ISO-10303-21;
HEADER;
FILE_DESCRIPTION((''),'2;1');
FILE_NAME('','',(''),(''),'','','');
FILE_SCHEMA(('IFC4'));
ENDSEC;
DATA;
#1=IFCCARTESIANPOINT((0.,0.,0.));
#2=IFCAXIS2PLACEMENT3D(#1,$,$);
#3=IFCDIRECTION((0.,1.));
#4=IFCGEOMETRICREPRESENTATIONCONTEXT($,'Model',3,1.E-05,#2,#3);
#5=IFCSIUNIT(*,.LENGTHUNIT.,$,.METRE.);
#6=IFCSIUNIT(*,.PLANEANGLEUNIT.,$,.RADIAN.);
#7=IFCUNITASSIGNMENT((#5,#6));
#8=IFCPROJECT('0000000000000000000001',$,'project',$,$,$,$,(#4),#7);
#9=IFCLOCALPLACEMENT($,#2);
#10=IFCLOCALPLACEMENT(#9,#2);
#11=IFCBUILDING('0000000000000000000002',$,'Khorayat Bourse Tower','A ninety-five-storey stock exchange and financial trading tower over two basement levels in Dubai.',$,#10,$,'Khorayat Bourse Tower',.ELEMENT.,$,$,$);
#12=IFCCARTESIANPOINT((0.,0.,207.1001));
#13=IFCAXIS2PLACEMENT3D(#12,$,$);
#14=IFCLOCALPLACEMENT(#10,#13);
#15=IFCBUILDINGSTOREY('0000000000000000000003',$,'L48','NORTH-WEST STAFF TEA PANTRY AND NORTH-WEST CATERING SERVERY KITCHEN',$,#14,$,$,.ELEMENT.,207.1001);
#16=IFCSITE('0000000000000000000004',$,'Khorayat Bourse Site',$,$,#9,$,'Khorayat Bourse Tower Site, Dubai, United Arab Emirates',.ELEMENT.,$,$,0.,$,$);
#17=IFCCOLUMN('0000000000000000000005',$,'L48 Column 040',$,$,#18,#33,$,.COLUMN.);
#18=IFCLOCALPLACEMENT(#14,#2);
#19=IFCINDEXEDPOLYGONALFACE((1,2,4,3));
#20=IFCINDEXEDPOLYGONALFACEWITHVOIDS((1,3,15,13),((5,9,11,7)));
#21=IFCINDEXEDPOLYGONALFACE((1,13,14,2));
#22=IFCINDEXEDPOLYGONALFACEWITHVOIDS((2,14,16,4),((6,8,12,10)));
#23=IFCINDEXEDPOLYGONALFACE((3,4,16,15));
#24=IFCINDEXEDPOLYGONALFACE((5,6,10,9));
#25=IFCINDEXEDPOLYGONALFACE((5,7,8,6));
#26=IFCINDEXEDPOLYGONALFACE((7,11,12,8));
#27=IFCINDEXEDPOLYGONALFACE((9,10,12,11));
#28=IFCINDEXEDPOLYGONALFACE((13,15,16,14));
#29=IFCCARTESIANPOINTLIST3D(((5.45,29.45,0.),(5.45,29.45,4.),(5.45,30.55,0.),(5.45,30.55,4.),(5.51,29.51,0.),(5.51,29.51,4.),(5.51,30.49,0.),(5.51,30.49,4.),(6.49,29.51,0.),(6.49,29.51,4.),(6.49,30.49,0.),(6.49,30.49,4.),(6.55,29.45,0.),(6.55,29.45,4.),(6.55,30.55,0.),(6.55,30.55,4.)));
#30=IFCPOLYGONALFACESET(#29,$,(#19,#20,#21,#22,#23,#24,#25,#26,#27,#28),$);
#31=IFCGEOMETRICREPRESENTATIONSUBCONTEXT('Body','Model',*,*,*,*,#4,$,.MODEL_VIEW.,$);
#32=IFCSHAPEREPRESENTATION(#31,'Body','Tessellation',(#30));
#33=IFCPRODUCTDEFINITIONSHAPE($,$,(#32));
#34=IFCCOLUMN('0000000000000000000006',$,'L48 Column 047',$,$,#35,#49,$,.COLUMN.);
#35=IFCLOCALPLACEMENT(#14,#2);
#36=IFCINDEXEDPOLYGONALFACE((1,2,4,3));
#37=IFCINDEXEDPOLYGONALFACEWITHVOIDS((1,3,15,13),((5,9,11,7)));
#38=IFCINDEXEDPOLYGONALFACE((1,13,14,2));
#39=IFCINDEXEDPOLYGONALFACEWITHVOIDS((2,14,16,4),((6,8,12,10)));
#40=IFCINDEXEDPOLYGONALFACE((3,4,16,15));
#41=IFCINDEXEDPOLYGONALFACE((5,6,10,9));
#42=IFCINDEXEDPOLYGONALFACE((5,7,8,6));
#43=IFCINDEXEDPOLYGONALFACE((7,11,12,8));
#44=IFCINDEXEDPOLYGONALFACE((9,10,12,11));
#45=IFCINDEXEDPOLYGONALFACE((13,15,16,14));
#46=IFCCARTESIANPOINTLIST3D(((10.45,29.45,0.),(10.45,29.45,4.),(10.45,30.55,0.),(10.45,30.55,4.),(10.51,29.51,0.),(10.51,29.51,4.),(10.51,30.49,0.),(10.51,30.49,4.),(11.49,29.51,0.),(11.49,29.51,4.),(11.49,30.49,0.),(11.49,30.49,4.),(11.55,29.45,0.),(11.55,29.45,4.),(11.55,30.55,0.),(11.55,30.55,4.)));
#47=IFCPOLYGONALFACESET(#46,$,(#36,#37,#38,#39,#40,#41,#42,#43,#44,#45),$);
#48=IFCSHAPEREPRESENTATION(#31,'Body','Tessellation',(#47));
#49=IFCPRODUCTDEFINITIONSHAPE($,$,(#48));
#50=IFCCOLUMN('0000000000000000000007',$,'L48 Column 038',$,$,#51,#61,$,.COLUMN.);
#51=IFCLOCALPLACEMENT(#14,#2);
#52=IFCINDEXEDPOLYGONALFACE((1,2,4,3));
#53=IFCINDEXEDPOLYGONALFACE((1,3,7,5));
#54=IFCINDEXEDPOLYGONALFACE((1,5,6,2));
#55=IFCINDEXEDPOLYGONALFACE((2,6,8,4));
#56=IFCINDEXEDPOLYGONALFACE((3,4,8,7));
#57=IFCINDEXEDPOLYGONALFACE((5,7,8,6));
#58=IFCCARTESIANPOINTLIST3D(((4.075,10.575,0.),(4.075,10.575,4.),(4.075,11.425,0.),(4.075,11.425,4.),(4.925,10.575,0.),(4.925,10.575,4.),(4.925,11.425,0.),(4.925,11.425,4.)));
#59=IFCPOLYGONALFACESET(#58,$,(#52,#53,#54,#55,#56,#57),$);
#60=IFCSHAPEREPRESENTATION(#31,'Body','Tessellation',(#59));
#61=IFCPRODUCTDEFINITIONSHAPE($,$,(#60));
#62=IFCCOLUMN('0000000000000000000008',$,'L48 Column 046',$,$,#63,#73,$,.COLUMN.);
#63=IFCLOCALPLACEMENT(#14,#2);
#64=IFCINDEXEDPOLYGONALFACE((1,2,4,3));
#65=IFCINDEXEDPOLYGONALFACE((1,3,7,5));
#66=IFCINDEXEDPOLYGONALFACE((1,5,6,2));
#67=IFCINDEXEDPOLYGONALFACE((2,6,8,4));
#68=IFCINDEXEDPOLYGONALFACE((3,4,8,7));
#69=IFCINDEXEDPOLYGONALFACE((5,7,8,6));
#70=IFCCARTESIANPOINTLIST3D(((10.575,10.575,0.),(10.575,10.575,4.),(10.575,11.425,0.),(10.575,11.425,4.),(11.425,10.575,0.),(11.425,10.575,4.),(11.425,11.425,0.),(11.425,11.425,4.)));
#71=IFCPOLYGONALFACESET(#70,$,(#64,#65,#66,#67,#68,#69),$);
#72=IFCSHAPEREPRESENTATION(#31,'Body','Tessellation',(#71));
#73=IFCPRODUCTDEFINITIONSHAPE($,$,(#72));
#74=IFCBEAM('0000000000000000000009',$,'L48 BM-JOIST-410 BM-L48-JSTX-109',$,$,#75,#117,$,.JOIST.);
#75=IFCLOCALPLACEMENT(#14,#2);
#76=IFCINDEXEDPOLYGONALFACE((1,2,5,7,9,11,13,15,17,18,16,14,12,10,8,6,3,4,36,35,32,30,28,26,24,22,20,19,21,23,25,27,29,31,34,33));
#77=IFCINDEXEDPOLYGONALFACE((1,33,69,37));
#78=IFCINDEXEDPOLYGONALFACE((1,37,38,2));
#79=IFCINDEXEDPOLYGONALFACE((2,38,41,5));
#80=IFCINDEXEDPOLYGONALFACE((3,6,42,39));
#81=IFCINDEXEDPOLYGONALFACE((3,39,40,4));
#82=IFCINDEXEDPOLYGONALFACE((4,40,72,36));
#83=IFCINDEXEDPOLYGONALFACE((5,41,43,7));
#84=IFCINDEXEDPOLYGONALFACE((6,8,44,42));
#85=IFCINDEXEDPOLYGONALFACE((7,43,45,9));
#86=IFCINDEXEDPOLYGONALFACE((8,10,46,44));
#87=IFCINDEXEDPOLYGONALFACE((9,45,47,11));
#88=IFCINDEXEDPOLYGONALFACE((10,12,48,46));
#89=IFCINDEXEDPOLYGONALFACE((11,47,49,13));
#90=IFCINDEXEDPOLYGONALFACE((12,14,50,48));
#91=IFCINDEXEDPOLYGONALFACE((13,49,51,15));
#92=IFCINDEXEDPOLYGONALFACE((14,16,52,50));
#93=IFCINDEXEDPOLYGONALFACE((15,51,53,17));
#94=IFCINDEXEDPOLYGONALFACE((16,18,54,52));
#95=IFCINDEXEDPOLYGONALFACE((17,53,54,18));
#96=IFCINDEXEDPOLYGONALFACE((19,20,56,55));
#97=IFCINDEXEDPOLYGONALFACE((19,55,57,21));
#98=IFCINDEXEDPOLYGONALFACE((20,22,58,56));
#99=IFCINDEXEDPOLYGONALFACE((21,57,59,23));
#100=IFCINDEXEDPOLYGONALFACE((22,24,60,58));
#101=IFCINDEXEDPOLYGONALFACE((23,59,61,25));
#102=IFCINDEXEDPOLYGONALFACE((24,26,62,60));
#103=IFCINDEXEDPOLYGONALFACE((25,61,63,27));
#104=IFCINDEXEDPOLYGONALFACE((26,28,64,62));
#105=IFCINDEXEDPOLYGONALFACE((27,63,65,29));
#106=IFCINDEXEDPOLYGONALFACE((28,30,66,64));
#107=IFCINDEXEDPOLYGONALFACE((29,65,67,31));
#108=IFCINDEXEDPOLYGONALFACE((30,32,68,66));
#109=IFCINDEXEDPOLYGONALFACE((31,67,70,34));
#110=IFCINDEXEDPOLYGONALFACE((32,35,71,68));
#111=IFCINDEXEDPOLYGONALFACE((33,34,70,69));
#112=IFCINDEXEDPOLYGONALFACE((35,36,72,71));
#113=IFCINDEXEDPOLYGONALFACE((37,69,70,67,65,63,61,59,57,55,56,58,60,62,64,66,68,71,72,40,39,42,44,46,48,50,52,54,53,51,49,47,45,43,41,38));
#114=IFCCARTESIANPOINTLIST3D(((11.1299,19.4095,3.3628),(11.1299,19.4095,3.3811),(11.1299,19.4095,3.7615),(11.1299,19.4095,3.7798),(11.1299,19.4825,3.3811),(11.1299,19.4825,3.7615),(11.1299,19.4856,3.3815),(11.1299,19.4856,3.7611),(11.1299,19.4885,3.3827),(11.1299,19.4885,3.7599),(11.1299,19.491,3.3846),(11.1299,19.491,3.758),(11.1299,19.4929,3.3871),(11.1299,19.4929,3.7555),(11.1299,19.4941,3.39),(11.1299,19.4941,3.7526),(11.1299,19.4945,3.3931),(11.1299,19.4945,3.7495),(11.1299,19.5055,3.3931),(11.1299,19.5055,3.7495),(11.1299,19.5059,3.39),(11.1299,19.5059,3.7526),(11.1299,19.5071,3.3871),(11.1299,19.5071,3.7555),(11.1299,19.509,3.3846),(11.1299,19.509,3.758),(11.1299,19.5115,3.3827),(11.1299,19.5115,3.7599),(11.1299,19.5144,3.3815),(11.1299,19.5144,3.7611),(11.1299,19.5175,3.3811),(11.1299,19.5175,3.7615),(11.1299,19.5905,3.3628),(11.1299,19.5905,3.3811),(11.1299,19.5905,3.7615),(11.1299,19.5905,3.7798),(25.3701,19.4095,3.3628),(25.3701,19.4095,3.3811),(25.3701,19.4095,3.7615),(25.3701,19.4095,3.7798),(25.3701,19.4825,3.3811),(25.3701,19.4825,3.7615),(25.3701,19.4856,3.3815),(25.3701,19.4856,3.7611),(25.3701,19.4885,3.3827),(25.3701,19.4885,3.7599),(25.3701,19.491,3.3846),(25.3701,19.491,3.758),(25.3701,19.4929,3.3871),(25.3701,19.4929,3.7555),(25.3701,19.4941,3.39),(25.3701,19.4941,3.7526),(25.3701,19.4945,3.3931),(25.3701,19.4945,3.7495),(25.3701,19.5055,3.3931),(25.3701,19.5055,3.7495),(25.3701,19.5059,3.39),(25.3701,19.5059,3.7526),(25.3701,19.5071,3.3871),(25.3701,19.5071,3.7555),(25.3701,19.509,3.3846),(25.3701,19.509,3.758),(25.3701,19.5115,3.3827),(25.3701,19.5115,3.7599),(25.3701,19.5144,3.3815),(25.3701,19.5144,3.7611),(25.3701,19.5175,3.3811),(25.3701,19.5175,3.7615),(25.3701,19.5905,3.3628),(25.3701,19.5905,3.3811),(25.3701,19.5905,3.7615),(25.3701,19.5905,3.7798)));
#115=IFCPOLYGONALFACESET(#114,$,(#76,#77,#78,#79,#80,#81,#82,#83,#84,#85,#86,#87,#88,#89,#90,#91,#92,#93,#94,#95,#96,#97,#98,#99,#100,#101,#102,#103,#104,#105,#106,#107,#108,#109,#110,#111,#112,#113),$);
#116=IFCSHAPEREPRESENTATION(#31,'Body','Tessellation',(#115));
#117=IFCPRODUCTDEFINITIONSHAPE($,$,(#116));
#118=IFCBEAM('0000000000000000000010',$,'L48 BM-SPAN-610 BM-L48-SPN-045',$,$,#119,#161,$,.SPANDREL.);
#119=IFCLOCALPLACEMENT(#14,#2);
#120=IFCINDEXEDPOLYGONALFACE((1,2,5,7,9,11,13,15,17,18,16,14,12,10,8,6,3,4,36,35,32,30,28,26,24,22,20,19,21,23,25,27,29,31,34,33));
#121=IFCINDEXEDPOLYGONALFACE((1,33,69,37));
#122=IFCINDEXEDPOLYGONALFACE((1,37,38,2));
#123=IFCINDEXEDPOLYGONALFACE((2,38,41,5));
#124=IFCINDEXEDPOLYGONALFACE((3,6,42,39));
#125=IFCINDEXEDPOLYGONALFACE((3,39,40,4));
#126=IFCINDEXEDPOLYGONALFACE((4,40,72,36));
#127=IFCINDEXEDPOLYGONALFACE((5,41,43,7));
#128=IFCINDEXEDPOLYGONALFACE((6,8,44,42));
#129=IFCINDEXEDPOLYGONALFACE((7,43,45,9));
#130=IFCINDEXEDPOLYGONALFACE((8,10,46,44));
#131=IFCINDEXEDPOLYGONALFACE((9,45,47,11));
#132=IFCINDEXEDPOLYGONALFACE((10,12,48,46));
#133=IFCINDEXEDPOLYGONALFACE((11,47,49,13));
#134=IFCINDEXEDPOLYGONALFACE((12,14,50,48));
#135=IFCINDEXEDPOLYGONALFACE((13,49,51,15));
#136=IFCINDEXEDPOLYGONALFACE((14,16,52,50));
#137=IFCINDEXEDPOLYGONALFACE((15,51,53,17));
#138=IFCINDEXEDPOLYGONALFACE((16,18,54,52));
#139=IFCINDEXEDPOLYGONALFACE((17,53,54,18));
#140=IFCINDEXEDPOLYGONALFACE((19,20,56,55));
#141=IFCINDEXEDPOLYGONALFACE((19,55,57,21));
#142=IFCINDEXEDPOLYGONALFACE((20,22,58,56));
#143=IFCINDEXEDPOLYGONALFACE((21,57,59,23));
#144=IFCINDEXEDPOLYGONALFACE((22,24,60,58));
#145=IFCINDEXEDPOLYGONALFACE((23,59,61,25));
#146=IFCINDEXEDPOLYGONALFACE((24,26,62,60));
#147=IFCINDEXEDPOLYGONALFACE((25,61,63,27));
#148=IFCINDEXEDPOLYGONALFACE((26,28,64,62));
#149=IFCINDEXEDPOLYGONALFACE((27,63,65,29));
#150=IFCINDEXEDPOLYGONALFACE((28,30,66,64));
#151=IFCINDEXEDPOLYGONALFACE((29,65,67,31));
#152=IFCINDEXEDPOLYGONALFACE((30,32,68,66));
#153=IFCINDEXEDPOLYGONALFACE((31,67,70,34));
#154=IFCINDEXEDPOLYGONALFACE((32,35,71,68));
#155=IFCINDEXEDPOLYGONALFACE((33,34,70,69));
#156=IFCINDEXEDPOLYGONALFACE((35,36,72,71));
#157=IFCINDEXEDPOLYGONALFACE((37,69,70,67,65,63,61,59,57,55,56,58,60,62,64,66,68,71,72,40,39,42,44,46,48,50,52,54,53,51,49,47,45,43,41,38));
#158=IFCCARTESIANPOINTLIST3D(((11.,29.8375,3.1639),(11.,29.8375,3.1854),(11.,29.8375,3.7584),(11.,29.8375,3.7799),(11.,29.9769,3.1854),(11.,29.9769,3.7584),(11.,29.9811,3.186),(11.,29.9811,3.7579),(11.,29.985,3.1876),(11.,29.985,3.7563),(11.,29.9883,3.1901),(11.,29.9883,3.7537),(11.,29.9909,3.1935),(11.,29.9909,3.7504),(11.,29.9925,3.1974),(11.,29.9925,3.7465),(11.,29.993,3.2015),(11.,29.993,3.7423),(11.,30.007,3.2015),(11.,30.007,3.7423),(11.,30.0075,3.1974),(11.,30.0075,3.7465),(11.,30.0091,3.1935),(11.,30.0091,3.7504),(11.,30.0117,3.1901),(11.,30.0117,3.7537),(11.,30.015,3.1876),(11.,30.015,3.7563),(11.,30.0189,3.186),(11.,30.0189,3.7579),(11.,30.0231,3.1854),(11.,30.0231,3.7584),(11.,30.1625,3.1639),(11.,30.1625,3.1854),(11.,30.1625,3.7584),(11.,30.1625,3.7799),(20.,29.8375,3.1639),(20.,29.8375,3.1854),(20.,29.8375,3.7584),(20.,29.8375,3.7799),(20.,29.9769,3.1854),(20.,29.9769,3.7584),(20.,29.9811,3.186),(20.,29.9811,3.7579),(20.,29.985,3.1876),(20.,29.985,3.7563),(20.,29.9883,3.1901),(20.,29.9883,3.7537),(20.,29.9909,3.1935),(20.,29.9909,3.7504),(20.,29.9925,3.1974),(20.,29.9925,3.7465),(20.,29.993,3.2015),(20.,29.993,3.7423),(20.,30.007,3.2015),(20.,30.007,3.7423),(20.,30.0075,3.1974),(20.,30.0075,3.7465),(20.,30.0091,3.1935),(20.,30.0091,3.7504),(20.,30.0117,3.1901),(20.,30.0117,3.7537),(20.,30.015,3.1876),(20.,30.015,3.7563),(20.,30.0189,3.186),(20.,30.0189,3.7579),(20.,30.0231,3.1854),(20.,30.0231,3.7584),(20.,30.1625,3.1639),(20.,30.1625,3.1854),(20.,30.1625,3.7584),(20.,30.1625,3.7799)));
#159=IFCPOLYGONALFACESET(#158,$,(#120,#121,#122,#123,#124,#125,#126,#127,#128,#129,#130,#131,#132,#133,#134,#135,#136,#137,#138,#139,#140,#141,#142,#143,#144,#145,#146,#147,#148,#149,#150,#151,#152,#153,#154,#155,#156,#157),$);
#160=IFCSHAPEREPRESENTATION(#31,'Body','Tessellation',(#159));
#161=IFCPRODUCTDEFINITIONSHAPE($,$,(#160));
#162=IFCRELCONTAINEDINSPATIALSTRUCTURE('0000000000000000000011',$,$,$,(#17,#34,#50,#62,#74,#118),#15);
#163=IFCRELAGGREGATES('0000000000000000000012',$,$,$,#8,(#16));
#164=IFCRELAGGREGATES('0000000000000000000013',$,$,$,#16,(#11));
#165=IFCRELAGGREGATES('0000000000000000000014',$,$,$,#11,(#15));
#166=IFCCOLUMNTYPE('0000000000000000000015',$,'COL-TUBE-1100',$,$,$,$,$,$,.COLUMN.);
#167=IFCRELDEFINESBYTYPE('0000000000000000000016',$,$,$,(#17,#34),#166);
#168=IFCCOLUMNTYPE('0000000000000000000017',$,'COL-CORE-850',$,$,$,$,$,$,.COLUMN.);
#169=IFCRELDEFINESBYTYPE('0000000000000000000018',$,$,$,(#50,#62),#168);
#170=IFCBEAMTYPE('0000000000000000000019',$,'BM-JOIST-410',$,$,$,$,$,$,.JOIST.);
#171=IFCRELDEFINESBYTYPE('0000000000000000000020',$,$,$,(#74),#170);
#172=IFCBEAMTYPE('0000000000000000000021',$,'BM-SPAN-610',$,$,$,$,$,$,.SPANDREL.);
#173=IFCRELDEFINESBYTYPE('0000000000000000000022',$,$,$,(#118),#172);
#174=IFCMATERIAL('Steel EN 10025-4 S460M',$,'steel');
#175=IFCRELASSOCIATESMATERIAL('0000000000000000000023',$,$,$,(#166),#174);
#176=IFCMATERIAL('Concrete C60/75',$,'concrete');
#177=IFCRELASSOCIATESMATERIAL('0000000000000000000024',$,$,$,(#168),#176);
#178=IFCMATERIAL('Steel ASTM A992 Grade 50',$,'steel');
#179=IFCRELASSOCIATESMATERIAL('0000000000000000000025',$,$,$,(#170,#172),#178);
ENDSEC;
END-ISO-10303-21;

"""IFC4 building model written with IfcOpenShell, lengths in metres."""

from ifc_helpers import new_model, si_unit, direction, frame, origin, origin_2d, place, context, subcontext, project, spatial, rectangle, hollow_rectangle, i_section, extrude, source, transform, mapped, material, material_profile, profile_set, type_object, element, save


model = new_model("IFC4")

# Units and contexts
model_context = context("Model", 3, precision=1e-05, world=origin(), true_north=direction((0.0, 1.0)))
body_context = subcontext(model_context, "Body", "Model", "MODEL_VIEW")
ifc_project = project(units=[si_unit("LENGTHUNIT", "METRE"), si_unit("PLANEANGLEUNIT", "RADIAN")], contexts=[model_context])

# Site, building, storey
site_placement = place(None, origin())
site = spatial("IfcSite", under=ifc_project, at=site_placement, Name="Khorayat Bourse Site", LongName="Khorayat Bourse Tower Site, Dubai, United Arab Emirates", CompositionType="ELEMENT", RefElevation=0.0)
building_placement = place(site_placement, origin())
building = spatial("IfcBuilding", under=site, at=building_placement, Name="Khorayat Bourse Tower", Description="A ninety-five-storey stock exchange and financial trading tower over two basement levels in Dubai.", LongName="Khorayat Bourse Tower", CompositionType="ELEMENT")
storey_placement = place(building_placement, frame((0.0, 0.0, 207.1001)))
storey = spatial("IfcBuildingStorey", under=building, at=storey_placement, Name="L48", Description="NORTH-WEST STAFF TEA PANTRY AND NORTH-WEST CATERING SERVERY KITCHEN", CompositionType="ELEMENT", Elevation=207.1001)

# Columns
ifc_material_1 = material(Name="Steel EN 10025-4 S460M", Category="steel")
ifc_material_profile_1 = material_profile(ifc_material_1, hollow_rectangle(XDim=1.1001, YDim=1.1001, WallThickness=0.0601, at=origin_2d()), Name="BOX 1100x1100x60")
ifc_profile_set_1 = profile_set([ifc_material_profile_1], Name="Steel EN 10025-4 S460M")
column_type_1 = type_object("IfcColumnType", Name="COL-TUBE-1100", PredefinedType="COLUMN", material=ifc_profile_set_1)
shared_shape_1 = source(origin(), body_context, "Body", "SweptSolid", [
    extrude(hollow_rectangle(XDim=1.1001, YDim=1.1001, WallThickness=0.0601, at=origin_2d()), origin(), (0.0, 0.0, 1.0), 4.0),
])
for number, where, z_axis, x_axis, name in (
    (1, (6.0, 30.0, 0.0), (0.0, 0.0, 1.0), (1.0, 0.0, 0.0), "L48 Column 040"),
    (2, (11.0, 30.0, 0.0), (0.0, 0.0, 1.0), (1.0, 0.0, 0.0), "L48 Column 047"),
):
    element("IfcColumn", number, at=place(storey_placement, frame(where, z_axis=z_axis, x_axis=x_axis)), inside=storey, type_object=column_type_1, Name=name, PredefinedType="COLUMN", context=body_context, shape_type="MappedRepresentation", body=[
        mapped(shared_shape_1, transform((0.0, 0.0, 0.0), scale=1.0)),
    ])
ifc_material_2 = material(Name="Concrete C60/75", Category="concrete")
ifc_material_profile_2 = material_profile(ifc_material_2, rectangle(XDim=0.8501, YDim=0.8501, at=origin_2d()), Name="RC 850x850")
ifc_profile_set_2 = profile_set([ifc_material_profile_2], Name="Concrete C60/75")
column_type_2 = type_object("IfcColumnType", Name="COL-CORE-850", PredefinedType="COLUMN", material=ifc_profile_set_2)
shared_shape_2 = source(origin(), body_context, "Body", "SweptSolid", [
    extrude(rectangle(XDim=0.8501, YDim=0.8501, at=origin_2d()), origin(), (0.0, 0.0, 1.0), 4.0),
])
for number, where, z_axis, x_axis, name in (
    (3, (4.5, 11.0, 0.0), (0.0, 0.0, 1.0), (1.0, 0.0, 0.0), "L48 Column 038"),
    (4, (11.0, 11.0, 0.0), (0.0, 0.0, 1.0), (1.0, 0.0, 0.0), "L48 Column 046"),
):
    element("IfcColumn", number, at=place(storey_placement, frame(where, z_axis=z_axis, x_axis=x_axis)), inside=storey, type_object=column_type_2, Name=name, PredefinedType="COLUMN", context=body_context, shape_type="MappedRepresentation", body=[
        mapped(shared_shape_2, transform((0.0, 0.0, 0.0), scale=1.0)),
    ])

# Beams
ifc_material_3 = material(Name="Steel ASTM A992 Grade 50", Category="steel")
ifc_material_profile_3 = material_profile(ifc_material_3, i_section(OverallWidth=0.1809, OverallDepth=0.417, WebThickness=0.011, FlangeThickness=0.0183, FilletRadius=0.012, at=origin_2d()), Name="W410X85")
ifc_profile_set_3 = profile_set([ifc_material_profile_3], Name="Steel ASTM A992 Grade 50")
beam_type_1 = type_object("IfcBeamType", Name="BM-JOIST-410", PredefinedType="JOIST", material=ifc_profile_set_3)
shared_shape_3 = source(origin(), body_context, "Body", "SweptSolid", [
    extrude(i_section(OverallWidth=0.1809, OverallDepth=0.417, WebThickness=0.011, FlangeThickness=0.0183, FilletRadius=0.012, at=origin_2d()), origin(), (0.0, 0.0, 1.0), 14.2402),
])
beam_1_placement = place(storey_placement, frame((11.1299, 19.5, 3.5713), z_axis=(1.0, 0.0, 0.0), x_axis=(0.0, 1.0, 0.0)))
element("IfcBeam", 5, at=beam_1_placement, inside=storey, type_object=beam_type_1, Name="L48 BM-JOIST-410 BM-L48-JSTX-109", PredefinedType="JOIST", context=body_context, shape_type="MappedRepresentation", body=[
    mapped(shared_shape_3, transform((0.0, 0.0, 0.0), scale=1.0)),
])
ifc_material_profile_4 = material_profile(ifc_material_3, i_section(OverallWidth=0.325, OverallDepth=0.616, WebThickness=0.0139, FlangeThickness=0.0215, FilletRadius=0.0161, at=origin_2d()), Name="W610X174")
ifc_profile_set_4 = profile_set([ifc_material_profile_4], Name="Steel ASTM A992 Grade 50")
beam_type_2 = type_object("IfcBeamType", Name="BM-SPAN-610", PredefinedType="SPANDREL", material=ifc_profile_set_4)
shared_shape_4 = source(origin(), body_context, "Body", "SweptSolid", [
    extrude(i_section(OverallWidth=0.325, OverallDepth=0.616, WebThickness=0.0139, FlangeThickness=0.0215, FilletRadius=0.0161, at=origin_2d()), origin(), (0.0, 0.0, 1.0), 9.0),
])
beam_2_placement = place(storey_placement, frame((11.0, 30.0, 3.4719), z_axis=(1.0, 0.0, 0.0), x_axis=(0.0, 1.0, 0.0)))
element("IfcBeam", 6, at=beam_2_placement, inside=storey, type_object=beam_type_2, Name="L48 BM-SPAN-610 BM-L48-SPN-045", PredefinedType="SPANDREL", context=body_context, shape_type="MappedRepresentation", body=[
    mapped(shared_shape_4, transform((0.0, 0.0, 0.0), scale=1.0)),
])

save(model, "model.ifc")
